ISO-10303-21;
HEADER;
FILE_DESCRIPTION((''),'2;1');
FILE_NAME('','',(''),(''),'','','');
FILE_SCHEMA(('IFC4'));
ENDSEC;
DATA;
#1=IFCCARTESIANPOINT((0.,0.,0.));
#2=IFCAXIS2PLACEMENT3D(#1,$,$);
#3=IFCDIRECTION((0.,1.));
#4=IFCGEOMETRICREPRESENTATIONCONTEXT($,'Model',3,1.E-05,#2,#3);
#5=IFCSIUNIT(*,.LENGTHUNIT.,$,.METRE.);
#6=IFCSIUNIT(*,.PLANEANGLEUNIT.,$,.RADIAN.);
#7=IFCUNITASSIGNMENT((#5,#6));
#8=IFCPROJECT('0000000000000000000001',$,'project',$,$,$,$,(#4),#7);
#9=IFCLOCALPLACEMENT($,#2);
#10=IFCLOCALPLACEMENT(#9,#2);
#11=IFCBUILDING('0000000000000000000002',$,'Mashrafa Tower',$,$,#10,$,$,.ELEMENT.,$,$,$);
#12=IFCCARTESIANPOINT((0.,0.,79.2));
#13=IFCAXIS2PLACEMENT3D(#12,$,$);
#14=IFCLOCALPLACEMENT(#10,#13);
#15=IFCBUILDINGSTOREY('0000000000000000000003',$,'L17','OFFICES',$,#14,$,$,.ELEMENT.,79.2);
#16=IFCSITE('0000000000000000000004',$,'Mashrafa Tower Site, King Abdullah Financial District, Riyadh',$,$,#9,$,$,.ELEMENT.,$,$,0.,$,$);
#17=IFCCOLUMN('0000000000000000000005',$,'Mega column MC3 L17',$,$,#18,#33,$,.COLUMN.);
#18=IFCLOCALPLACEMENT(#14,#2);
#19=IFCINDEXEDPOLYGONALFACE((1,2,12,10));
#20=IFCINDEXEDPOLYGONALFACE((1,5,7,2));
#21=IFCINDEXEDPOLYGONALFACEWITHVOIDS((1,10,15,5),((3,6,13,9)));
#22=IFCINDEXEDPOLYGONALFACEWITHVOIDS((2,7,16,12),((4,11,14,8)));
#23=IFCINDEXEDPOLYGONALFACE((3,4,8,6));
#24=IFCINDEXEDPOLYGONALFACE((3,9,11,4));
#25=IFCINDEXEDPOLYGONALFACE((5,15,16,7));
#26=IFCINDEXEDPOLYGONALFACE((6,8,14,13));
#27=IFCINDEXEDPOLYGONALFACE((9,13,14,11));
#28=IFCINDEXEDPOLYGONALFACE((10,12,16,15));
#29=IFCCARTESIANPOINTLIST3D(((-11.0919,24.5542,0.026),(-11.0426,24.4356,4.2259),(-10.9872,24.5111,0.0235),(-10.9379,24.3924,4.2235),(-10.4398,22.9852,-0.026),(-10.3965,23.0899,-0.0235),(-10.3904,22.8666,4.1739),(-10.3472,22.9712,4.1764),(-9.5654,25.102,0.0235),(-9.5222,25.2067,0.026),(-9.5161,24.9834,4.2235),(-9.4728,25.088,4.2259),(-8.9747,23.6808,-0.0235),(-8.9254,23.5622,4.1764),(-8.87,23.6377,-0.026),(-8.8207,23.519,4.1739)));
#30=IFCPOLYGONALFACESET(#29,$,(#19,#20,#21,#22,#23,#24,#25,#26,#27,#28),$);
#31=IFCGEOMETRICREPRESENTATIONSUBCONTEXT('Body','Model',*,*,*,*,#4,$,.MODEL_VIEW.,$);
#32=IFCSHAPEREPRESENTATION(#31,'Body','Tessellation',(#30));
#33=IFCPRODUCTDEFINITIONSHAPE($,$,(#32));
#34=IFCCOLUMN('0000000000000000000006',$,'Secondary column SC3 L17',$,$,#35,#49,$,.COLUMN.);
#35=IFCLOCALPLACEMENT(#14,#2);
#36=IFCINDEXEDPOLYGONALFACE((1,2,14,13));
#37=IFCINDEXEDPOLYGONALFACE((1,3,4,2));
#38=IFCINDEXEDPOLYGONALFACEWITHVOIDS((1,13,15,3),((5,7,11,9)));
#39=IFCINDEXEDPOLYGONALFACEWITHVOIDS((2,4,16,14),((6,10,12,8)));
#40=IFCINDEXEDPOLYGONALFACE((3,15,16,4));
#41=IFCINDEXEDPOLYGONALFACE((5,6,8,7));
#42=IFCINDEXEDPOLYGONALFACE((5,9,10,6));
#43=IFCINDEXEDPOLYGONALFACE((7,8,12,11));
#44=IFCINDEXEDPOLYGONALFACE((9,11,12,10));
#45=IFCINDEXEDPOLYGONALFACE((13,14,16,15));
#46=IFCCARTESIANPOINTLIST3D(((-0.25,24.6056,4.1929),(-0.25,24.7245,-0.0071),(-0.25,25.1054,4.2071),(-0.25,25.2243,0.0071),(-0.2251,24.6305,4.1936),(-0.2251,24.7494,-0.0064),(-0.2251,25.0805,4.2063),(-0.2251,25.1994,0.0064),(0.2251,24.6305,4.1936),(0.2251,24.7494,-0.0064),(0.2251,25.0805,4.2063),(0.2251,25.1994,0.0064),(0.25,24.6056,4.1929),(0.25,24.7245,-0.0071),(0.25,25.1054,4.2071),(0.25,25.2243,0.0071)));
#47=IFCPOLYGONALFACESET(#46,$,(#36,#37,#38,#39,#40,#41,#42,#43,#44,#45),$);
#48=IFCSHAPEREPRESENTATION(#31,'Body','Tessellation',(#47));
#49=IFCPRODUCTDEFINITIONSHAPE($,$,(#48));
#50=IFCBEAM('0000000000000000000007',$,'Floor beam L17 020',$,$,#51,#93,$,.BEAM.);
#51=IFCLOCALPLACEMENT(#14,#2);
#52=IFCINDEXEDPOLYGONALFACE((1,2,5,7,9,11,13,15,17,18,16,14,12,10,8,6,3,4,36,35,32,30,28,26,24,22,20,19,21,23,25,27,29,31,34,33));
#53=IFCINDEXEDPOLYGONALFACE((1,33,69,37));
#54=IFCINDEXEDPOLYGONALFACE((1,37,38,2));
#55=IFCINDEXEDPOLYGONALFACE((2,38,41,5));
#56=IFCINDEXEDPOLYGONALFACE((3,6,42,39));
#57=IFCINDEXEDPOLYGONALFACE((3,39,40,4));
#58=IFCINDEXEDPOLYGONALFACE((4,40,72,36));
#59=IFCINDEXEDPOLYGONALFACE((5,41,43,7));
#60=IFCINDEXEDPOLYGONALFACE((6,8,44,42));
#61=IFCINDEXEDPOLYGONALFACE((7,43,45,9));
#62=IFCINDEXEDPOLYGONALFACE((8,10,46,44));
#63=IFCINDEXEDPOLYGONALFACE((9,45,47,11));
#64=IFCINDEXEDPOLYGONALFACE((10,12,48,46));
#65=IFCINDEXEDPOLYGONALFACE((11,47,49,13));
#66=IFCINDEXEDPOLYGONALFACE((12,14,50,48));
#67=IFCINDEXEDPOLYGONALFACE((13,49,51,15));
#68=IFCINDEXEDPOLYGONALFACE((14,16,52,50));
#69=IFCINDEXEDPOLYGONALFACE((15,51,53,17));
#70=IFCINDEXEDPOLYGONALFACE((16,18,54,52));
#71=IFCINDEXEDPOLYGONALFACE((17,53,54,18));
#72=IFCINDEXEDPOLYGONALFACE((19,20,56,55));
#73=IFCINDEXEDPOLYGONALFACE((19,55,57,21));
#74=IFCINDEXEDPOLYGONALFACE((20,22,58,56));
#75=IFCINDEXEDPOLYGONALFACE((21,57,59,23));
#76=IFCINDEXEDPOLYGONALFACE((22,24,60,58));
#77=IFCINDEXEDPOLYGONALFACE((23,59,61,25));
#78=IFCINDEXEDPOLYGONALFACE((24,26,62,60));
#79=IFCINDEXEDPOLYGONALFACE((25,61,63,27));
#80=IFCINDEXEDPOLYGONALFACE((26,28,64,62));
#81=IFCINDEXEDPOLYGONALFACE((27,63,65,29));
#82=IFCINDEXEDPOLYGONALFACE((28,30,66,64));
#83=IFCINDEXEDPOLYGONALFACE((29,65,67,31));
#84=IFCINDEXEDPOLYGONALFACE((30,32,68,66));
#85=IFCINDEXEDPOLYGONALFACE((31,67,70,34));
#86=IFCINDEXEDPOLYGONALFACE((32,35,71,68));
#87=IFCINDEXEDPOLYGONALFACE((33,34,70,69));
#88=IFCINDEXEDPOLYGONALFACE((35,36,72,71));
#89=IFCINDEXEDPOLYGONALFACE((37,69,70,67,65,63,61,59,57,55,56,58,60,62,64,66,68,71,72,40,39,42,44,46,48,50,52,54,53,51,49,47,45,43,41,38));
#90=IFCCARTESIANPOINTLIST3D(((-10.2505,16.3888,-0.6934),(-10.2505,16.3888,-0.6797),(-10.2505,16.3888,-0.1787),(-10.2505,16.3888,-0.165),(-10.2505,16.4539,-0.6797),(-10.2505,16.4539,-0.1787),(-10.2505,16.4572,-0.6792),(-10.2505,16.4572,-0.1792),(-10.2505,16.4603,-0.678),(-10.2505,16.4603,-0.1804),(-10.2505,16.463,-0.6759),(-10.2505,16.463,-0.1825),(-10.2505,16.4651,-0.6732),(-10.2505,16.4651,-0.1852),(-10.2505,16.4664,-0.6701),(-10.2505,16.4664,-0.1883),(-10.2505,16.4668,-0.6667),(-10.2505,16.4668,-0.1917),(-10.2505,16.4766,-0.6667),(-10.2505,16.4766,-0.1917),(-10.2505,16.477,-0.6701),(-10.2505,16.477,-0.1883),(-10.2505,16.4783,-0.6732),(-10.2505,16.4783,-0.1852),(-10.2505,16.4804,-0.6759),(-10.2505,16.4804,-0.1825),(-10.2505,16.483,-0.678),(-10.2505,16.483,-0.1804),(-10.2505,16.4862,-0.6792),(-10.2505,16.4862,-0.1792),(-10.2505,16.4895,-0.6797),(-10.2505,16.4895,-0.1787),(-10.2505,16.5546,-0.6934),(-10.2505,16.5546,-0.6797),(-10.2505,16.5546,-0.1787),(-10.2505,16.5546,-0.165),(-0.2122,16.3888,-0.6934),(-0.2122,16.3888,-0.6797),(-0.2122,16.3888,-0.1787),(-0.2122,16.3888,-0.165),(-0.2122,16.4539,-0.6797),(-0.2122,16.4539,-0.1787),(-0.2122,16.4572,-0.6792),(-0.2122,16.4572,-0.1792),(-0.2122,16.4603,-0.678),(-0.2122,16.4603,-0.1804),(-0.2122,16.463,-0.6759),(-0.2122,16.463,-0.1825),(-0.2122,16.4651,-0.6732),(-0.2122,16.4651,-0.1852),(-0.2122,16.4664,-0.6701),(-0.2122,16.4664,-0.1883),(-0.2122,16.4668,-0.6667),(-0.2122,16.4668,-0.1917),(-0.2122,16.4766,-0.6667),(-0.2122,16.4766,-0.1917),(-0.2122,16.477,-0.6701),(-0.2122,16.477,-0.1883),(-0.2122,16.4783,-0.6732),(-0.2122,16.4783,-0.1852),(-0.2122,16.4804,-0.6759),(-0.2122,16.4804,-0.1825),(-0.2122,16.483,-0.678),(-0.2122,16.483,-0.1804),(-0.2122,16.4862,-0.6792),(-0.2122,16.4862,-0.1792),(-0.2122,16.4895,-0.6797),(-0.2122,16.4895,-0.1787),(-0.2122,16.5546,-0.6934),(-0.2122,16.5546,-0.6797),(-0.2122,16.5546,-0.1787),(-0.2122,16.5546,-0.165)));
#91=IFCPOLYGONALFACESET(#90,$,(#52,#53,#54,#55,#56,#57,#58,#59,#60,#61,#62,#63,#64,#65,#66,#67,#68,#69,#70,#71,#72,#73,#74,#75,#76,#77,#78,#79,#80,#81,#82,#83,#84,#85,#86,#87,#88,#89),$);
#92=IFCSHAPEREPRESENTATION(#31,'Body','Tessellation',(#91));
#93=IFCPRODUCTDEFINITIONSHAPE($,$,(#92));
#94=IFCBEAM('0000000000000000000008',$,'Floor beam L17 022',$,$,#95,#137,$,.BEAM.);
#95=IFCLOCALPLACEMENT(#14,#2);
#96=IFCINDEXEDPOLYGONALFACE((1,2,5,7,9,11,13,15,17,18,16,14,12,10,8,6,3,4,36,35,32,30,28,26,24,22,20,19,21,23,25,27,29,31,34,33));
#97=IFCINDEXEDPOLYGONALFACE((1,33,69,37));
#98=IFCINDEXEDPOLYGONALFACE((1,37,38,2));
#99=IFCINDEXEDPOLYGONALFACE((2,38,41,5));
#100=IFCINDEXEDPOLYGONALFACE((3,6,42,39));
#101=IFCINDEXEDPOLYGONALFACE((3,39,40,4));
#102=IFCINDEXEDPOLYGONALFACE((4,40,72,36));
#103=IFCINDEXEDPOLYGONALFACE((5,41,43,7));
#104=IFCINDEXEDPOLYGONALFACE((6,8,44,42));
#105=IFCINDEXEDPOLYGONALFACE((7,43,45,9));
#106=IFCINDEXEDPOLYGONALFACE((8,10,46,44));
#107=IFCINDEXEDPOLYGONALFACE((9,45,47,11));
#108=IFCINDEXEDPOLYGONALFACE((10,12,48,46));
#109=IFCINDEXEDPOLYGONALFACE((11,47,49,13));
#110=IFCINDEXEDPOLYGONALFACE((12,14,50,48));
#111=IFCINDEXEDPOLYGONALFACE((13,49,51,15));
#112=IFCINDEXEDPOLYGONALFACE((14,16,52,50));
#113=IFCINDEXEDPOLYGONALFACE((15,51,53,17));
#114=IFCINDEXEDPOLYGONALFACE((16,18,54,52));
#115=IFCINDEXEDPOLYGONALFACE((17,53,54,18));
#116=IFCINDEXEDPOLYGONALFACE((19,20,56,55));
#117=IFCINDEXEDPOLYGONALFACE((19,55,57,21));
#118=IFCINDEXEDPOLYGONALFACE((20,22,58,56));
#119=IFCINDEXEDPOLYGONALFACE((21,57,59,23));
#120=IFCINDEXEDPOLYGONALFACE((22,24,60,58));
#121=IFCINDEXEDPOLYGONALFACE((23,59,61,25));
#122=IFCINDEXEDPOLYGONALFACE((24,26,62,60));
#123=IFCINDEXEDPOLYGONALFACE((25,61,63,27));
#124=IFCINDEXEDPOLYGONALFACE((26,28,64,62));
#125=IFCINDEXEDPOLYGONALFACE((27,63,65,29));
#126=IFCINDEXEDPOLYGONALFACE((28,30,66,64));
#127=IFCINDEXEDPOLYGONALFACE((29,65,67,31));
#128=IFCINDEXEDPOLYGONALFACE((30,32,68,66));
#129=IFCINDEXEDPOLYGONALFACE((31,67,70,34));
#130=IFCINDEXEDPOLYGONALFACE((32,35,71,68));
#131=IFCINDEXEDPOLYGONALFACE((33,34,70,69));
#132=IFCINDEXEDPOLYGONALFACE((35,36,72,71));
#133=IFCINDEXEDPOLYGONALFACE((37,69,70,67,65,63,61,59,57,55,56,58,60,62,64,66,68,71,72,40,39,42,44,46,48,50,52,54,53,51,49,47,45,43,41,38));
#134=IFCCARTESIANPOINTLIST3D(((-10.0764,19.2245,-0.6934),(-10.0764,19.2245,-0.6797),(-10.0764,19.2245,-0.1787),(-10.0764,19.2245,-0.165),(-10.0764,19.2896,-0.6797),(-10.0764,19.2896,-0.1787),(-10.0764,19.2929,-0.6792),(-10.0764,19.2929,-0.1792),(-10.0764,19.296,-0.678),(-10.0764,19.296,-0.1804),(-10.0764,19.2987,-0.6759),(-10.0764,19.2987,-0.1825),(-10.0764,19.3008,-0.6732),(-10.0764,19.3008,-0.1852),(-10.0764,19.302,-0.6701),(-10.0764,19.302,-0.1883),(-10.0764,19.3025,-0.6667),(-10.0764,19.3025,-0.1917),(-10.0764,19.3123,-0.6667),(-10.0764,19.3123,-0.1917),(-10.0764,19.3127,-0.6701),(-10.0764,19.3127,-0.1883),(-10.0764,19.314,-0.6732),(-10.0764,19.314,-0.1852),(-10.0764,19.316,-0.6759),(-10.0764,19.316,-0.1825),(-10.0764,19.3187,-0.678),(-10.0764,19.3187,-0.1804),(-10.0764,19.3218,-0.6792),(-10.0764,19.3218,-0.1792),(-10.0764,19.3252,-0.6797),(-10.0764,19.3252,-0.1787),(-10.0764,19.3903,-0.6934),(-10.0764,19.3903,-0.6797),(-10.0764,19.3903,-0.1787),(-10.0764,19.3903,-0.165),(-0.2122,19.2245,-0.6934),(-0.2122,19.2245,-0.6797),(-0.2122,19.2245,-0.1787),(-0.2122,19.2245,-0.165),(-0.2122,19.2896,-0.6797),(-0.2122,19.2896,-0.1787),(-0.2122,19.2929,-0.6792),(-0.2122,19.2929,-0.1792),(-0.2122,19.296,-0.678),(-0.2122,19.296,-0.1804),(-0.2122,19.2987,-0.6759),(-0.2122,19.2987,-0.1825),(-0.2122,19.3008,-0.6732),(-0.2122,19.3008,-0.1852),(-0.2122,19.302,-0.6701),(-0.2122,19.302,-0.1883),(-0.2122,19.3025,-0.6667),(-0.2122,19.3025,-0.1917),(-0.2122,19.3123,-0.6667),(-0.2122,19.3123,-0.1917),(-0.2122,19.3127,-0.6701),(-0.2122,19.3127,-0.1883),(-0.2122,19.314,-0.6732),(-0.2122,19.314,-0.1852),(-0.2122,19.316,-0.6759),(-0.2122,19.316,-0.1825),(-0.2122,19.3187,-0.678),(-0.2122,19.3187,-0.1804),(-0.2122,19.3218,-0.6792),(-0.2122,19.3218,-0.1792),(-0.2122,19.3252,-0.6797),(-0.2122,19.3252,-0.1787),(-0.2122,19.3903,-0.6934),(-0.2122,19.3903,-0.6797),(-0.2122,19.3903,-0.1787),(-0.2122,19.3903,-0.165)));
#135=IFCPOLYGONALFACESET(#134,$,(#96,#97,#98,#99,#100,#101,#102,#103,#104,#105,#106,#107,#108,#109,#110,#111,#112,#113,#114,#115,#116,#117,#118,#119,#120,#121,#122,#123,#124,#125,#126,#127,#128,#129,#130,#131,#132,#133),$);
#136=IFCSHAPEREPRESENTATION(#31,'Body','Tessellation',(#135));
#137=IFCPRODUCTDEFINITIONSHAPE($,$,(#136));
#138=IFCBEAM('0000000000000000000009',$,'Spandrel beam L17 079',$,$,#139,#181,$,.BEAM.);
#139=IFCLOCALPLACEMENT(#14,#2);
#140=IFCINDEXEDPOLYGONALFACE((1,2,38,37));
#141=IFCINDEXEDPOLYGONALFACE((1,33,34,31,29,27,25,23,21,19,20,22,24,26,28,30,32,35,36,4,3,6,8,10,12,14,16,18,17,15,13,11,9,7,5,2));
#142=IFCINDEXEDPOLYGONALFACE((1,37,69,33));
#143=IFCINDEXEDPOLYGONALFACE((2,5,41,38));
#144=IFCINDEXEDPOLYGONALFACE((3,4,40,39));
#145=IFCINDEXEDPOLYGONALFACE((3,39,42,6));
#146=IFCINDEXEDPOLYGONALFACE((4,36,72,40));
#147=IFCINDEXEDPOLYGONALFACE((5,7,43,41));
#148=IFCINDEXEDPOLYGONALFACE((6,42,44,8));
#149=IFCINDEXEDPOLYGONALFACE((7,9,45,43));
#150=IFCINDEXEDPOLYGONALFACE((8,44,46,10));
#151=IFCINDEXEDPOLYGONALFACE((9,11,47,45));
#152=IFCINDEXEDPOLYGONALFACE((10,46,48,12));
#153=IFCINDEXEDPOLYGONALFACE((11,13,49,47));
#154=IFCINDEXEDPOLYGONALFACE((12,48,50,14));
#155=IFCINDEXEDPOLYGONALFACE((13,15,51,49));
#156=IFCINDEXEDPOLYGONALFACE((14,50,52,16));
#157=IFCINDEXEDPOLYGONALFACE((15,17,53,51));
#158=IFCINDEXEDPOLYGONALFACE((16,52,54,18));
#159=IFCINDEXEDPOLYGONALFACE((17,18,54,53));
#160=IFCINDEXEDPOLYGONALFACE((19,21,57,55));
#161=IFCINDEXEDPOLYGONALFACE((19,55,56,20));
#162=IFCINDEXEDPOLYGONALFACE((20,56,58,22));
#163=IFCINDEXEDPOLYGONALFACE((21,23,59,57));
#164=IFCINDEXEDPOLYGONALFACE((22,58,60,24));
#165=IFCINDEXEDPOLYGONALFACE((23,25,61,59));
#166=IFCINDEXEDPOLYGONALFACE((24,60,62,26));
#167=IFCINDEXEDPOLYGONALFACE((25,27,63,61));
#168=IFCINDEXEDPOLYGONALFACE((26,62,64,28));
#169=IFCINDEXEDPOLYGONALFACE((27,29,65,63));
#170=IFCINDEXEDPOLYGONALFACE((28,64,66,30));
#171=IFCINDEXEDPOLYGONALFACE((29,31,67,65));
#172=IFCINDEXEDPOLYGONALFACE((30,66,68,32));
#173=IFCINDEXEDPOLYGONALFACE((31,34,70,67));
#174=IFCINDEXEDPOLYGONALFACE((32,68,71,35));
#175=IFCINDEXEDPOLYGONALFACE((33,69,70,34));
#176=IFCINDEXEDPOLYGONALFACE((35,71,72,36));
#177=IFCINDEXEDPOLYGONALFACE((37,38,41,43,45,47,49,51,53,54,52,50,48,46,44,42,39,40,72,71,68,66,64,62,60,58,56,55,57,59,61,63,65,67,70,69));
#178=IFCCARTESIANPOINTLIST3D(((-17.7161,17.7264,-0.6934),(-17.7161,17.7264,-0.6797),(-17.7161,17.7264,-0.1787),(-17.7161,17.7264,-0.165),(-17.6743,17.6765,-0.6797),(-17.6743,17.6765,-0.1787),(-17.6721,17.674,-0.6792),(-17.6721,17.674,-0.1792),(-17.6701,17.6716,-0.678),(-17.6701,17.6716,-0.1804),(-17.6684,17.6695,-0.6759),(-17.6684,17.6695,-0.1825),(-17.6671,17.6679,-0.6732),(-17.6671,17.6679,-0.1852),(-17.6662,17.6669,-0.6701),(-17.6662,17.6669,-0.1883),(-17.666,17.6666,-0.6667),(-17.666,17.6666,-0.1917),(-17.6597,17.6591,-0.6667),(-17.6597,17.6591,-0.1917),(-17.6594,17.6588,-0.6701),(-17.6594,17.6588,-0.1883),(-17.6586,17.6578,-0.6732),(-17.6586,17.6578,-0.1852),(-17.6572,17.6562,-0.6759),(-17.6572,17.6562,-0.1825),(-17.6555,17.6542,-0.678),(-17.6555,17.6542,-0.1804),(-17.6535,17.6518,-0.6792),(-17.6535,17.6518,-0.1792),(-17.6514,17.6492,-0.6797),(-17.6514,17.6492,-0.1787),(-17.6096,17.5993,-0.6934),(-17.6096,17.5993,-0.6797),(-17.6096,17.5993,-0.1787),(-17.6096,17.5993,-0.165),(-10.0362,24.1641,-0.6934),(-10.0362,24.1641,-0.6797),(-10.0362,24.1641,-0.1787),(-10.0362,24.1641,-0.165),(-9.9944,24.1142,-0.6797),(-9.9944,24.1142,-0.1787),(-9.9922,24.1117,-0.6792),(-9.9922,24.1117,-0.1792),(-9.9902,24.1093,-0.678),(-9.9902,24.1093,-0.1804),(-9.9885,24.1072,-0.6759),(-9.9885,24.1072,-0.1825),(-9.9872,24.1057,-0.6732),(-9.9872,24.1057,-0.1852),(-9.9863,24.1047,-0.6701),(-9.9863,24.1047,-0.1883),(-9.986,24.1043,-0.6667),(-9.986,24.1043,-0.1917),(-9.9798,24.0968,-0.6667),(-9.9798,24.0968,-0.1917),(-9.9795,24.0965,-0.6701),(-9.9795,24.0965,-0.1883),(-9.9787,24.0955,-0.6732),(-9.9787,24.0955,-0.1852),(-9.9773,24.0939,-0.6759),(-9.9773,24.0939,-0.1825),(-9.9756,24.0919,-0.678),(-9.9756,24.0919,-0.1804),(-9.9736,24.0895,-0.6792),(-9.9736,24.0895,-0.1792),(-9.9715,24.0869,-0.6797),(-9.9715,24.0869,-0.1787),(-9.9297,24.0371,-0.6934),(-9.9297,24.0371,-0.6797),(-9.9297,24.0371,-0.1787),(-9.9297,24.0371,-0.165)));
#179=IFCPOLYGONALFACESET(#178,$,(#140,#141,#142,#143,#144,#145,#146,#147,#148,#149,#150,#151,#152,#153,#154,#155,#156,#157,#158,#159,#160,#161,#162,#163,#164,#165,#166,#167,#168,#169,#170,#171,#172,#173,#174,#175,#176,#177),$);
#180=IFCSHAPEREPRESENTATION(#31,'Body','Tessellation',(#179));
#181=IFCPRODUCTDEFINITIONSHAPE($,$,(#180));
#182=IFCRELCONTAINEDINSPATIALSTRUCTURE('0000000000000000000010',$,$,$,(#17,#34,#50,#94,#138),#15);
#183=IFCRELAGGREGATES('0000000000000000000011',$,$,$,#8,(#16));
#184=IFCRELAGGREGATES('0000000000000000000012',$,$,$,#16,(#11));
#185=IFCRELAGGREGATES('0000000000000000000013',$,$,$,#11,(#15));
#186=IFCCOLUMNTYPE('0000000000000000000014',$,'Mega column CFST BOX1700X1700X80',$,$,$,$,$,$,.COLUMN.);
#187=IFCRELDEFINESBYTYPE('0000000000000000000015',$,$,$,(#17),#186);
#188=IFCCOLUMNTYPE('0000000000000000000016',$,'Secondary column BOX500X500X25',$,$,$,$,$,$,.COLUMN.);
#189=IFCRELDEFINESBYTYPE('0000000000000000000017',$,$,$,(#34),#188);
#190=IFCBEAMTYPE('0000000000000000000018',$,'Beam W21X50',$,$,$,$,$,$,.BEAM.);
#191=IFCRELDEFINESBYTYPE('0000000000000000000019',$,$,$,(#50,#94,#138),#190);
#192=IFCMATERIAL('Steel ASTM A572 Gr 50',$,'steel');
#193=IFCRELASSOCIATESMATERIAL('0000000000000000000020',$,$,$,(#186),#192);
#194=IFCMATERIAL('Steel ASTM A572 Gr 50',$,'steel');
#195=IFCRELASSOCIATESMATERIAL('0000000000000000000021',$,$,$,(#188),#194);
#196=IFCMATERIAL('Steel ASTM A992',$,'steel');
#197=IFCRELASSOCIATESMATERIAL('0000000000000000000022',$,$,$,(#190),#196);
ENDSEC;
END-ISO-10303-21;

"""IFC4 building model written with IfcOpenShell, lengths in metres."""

from ifc_helpers import new_model, si_unit, direction, frame, origin, origin_2d, place, context, subcontext, project, spatial, hollow_rectangle, i_section, extrude, material, material_profile, profile_set, type_object, element, save


model = new_model("IFC4")

# Units and contexts
model_context = context("Model", 3, precision=1e-05, world=origin(), true_north=direction((0.0, 1.0)))
body_context = subcontext(model_context, "Body", "Model", "MODEL_VIEW")
ifc_project = project(units=[si_unit("LENGTHUNIT", "METRE"), si_unit("PLANEANGLEUNIT", "RADIAN")], contexts=[model_context])

# Site, building, storey
site_placement = place(None, origin())
site = spatial("IfcSite", under=ifc_project, at=site_placement, Name="Mashrafa Tower Site, King Abdullah Financial District, Riyadh", CompositionType="ELEMENT", RefElevation=0.0)
building_placement = place(site_placement, origin())
building = spatial("IfcBuilding", under=site, at=building_placement, Name="Mashrafa Tower", CompositionType="ELEMENT")
storey_placement = place(building_placement, frame((0.0, 0.0, 79.2)))
storey = spatial("IfcBuildingStorey", under=building, at=storey_placement, Name="L17", Description="OFFICES", CompositionType="ELEMENT", Elevation=79.2)

# Columns
ifc_material_1 = material(Name="Steel ASTM A572 Gr 50", Category="steel")
ifc_material_profile_1 = material_profile(ifc_material_1, hollow_rectangle(XDim=1.7, YDim=1.7, WallThickness=0.0801, at=origin_2d()), Name="BOX1700X1700X80")
ifc_profile_set_1 = profile_set([ifc_material_profile_1], Name="Steel ASTM A572 Gr 50")
column_type_1 = type_object("IfcColumnType", Name="Mega column CFST BOX1700X1700X80", PredefinedType="COLUMN", material=ifc_profile_set_1)
column_1_placement = place(storey_placement, frame((-9.981, 24.0959, 0.0), z_axis=(0.011737, -0.028238, 0.999532), x_axis=(0.923414, 0.383806, 0.0)))
element("IfcColumn", 1, at=column_1_placement, inside=storey, type_object=column_type_1, Name="Mega column MC3 L17", PredefinedType="COLUMN", context=body_context, shape_type="SweptSolid", body=[
    extrude(hollow_rectangle(XDim=1.7, YDim=1.7, WallThickness=0.0801, at=origin_2d()), origin(), (0.0, 0.0, 1.0), 4.2019),
])
ifc_material_2 = material(Name="Steel ASTM A572 Gr 50", Category="steel")
ifc_material_profile_2 = material_profile(ifc_material_2, hollow_rectangle(XDim=0.5, YDim=0.5, WallThickness=0.0249, at=origin_2d()), Name="BOX500X500X25")
ifc_profile_set_2 = profile_set([ifc_material_profile_2], Name="Steel ASTM A572 Gr 50")
column_type_2 = type_object("IfcColumnType", Name="Secondary column BOX500X500X25", PredefinedType="COLUMN", material=ifc_profile_set_2)
column_2_placement = place(storey_placement, frame((0.0, 24.9744, 0.0), z_axis=(0.0, -0.028298, 0.9996), x_axis=(1.0, 0.0, 0.0)))
element("IfcColumn", 2, at=column_2_placement, inside=storey, type_object=column_type_2, Name="Secondary column SC3 L17", PredefinedType="COLUMN", context=body_context, shape_type="SweptSolid", body=[
    extrude(hollow_rectangle(XDim=0.5, YDim=0.5, WallThickness=0.0249, at=origin_2d()), origin(), (0.0, 0.0, 1.0), 4.2017),
])

# Beams
ifc_material_3 = material(Name="Steel ASTM A992", Category="steel")
ifc_material_profile_3 = material_profile(ifc_material_3, i_section(OverallWidth=0.1658, OverallDepth=0.5283, WebThickness=0.0098, FlangeThickness=0.0137, FilletRadius=0.0129, at=origin_2d()), Name="W21X50")
ifc_profile_set_3 = profile_set([ifc_material_profile_3], Name="Steel ASTM A992")
beam_type_1 = type_object("IfcBeamType", Name="Beam W21X50", PredefinedType="BEAM", material=ifc_profile_set_3)
beam_1_placement = place(storey_placement, frame((-10.2505, 16.4717, -0.4292), z_axis=(1.0, 0.0, 0.0), x_axis=(0.0, 1.0, 0.0)))
element("IfcBeam", 3, at=beam_1_placement, inside=storey, type_object=beam_type_1, Name="Floor beam L17 020", PredefinedType="BEAM", context=body_context, shape_type="SweptSolid", body=[
    extrude(i_section(OverallWidth=0.1658, OverallDepth=0.5283, WebThickness=0.0098, FlangeThickness=0.0137, FilletRadius=0.0129, at=origin_2d()), origin(), (0.0, 0.0, 1.0), 10.0383),
])
beam_2_placement = place(storey_placement, frame((-10.0764, 19.3074, -0.4292), z_axis=(1.0, 0.0, 0.0), x_axis=(0.0, 1.0, 0.0)))
element("IfcBeam", 4, at=beam_2_placement, inside=storey, type_object=beam_type_1, Name="Floor beam L17 022", PredefinedType="BEAM", context=body_context, shape_type="SweptSolid", body=[
    extrude(i_section(OverallWidth=0.1658, OverallDepth=0.5283, WebThickness=0.0098, FlangeThickness=0.0137, FilletRadius=0.0129, at=origin_2d()), origin(), (0.0, 0.0, 1.0), 9.8643),
])
beam_3_placement = place(storey_placement, frame((-9.9829, 24.1006, -0.4292), z_axis=(-0.766363, -0.642408, 0.0), x_axis=(0.642408, -0.766363, 0.0)))
element("IfcBeam", 5, at=beam_3_placement, inside=storey, type_object=beam_type_1, Name="Spandrel beam L17 079", PredefinedType="BEAM", context=body_context, shape_type="SweptSolid", body=[
    extrude(i_section(OverallWidth=0.1658, OverallDepth=0.5283, WebThickness=0.0098, FlangeThickness=0.0137, FilletRadius=0.0129, at=origin_2d()), origin(), (0.0, 0.0, 1.0), 10.0212),
])

save(model, "model.ifc")
